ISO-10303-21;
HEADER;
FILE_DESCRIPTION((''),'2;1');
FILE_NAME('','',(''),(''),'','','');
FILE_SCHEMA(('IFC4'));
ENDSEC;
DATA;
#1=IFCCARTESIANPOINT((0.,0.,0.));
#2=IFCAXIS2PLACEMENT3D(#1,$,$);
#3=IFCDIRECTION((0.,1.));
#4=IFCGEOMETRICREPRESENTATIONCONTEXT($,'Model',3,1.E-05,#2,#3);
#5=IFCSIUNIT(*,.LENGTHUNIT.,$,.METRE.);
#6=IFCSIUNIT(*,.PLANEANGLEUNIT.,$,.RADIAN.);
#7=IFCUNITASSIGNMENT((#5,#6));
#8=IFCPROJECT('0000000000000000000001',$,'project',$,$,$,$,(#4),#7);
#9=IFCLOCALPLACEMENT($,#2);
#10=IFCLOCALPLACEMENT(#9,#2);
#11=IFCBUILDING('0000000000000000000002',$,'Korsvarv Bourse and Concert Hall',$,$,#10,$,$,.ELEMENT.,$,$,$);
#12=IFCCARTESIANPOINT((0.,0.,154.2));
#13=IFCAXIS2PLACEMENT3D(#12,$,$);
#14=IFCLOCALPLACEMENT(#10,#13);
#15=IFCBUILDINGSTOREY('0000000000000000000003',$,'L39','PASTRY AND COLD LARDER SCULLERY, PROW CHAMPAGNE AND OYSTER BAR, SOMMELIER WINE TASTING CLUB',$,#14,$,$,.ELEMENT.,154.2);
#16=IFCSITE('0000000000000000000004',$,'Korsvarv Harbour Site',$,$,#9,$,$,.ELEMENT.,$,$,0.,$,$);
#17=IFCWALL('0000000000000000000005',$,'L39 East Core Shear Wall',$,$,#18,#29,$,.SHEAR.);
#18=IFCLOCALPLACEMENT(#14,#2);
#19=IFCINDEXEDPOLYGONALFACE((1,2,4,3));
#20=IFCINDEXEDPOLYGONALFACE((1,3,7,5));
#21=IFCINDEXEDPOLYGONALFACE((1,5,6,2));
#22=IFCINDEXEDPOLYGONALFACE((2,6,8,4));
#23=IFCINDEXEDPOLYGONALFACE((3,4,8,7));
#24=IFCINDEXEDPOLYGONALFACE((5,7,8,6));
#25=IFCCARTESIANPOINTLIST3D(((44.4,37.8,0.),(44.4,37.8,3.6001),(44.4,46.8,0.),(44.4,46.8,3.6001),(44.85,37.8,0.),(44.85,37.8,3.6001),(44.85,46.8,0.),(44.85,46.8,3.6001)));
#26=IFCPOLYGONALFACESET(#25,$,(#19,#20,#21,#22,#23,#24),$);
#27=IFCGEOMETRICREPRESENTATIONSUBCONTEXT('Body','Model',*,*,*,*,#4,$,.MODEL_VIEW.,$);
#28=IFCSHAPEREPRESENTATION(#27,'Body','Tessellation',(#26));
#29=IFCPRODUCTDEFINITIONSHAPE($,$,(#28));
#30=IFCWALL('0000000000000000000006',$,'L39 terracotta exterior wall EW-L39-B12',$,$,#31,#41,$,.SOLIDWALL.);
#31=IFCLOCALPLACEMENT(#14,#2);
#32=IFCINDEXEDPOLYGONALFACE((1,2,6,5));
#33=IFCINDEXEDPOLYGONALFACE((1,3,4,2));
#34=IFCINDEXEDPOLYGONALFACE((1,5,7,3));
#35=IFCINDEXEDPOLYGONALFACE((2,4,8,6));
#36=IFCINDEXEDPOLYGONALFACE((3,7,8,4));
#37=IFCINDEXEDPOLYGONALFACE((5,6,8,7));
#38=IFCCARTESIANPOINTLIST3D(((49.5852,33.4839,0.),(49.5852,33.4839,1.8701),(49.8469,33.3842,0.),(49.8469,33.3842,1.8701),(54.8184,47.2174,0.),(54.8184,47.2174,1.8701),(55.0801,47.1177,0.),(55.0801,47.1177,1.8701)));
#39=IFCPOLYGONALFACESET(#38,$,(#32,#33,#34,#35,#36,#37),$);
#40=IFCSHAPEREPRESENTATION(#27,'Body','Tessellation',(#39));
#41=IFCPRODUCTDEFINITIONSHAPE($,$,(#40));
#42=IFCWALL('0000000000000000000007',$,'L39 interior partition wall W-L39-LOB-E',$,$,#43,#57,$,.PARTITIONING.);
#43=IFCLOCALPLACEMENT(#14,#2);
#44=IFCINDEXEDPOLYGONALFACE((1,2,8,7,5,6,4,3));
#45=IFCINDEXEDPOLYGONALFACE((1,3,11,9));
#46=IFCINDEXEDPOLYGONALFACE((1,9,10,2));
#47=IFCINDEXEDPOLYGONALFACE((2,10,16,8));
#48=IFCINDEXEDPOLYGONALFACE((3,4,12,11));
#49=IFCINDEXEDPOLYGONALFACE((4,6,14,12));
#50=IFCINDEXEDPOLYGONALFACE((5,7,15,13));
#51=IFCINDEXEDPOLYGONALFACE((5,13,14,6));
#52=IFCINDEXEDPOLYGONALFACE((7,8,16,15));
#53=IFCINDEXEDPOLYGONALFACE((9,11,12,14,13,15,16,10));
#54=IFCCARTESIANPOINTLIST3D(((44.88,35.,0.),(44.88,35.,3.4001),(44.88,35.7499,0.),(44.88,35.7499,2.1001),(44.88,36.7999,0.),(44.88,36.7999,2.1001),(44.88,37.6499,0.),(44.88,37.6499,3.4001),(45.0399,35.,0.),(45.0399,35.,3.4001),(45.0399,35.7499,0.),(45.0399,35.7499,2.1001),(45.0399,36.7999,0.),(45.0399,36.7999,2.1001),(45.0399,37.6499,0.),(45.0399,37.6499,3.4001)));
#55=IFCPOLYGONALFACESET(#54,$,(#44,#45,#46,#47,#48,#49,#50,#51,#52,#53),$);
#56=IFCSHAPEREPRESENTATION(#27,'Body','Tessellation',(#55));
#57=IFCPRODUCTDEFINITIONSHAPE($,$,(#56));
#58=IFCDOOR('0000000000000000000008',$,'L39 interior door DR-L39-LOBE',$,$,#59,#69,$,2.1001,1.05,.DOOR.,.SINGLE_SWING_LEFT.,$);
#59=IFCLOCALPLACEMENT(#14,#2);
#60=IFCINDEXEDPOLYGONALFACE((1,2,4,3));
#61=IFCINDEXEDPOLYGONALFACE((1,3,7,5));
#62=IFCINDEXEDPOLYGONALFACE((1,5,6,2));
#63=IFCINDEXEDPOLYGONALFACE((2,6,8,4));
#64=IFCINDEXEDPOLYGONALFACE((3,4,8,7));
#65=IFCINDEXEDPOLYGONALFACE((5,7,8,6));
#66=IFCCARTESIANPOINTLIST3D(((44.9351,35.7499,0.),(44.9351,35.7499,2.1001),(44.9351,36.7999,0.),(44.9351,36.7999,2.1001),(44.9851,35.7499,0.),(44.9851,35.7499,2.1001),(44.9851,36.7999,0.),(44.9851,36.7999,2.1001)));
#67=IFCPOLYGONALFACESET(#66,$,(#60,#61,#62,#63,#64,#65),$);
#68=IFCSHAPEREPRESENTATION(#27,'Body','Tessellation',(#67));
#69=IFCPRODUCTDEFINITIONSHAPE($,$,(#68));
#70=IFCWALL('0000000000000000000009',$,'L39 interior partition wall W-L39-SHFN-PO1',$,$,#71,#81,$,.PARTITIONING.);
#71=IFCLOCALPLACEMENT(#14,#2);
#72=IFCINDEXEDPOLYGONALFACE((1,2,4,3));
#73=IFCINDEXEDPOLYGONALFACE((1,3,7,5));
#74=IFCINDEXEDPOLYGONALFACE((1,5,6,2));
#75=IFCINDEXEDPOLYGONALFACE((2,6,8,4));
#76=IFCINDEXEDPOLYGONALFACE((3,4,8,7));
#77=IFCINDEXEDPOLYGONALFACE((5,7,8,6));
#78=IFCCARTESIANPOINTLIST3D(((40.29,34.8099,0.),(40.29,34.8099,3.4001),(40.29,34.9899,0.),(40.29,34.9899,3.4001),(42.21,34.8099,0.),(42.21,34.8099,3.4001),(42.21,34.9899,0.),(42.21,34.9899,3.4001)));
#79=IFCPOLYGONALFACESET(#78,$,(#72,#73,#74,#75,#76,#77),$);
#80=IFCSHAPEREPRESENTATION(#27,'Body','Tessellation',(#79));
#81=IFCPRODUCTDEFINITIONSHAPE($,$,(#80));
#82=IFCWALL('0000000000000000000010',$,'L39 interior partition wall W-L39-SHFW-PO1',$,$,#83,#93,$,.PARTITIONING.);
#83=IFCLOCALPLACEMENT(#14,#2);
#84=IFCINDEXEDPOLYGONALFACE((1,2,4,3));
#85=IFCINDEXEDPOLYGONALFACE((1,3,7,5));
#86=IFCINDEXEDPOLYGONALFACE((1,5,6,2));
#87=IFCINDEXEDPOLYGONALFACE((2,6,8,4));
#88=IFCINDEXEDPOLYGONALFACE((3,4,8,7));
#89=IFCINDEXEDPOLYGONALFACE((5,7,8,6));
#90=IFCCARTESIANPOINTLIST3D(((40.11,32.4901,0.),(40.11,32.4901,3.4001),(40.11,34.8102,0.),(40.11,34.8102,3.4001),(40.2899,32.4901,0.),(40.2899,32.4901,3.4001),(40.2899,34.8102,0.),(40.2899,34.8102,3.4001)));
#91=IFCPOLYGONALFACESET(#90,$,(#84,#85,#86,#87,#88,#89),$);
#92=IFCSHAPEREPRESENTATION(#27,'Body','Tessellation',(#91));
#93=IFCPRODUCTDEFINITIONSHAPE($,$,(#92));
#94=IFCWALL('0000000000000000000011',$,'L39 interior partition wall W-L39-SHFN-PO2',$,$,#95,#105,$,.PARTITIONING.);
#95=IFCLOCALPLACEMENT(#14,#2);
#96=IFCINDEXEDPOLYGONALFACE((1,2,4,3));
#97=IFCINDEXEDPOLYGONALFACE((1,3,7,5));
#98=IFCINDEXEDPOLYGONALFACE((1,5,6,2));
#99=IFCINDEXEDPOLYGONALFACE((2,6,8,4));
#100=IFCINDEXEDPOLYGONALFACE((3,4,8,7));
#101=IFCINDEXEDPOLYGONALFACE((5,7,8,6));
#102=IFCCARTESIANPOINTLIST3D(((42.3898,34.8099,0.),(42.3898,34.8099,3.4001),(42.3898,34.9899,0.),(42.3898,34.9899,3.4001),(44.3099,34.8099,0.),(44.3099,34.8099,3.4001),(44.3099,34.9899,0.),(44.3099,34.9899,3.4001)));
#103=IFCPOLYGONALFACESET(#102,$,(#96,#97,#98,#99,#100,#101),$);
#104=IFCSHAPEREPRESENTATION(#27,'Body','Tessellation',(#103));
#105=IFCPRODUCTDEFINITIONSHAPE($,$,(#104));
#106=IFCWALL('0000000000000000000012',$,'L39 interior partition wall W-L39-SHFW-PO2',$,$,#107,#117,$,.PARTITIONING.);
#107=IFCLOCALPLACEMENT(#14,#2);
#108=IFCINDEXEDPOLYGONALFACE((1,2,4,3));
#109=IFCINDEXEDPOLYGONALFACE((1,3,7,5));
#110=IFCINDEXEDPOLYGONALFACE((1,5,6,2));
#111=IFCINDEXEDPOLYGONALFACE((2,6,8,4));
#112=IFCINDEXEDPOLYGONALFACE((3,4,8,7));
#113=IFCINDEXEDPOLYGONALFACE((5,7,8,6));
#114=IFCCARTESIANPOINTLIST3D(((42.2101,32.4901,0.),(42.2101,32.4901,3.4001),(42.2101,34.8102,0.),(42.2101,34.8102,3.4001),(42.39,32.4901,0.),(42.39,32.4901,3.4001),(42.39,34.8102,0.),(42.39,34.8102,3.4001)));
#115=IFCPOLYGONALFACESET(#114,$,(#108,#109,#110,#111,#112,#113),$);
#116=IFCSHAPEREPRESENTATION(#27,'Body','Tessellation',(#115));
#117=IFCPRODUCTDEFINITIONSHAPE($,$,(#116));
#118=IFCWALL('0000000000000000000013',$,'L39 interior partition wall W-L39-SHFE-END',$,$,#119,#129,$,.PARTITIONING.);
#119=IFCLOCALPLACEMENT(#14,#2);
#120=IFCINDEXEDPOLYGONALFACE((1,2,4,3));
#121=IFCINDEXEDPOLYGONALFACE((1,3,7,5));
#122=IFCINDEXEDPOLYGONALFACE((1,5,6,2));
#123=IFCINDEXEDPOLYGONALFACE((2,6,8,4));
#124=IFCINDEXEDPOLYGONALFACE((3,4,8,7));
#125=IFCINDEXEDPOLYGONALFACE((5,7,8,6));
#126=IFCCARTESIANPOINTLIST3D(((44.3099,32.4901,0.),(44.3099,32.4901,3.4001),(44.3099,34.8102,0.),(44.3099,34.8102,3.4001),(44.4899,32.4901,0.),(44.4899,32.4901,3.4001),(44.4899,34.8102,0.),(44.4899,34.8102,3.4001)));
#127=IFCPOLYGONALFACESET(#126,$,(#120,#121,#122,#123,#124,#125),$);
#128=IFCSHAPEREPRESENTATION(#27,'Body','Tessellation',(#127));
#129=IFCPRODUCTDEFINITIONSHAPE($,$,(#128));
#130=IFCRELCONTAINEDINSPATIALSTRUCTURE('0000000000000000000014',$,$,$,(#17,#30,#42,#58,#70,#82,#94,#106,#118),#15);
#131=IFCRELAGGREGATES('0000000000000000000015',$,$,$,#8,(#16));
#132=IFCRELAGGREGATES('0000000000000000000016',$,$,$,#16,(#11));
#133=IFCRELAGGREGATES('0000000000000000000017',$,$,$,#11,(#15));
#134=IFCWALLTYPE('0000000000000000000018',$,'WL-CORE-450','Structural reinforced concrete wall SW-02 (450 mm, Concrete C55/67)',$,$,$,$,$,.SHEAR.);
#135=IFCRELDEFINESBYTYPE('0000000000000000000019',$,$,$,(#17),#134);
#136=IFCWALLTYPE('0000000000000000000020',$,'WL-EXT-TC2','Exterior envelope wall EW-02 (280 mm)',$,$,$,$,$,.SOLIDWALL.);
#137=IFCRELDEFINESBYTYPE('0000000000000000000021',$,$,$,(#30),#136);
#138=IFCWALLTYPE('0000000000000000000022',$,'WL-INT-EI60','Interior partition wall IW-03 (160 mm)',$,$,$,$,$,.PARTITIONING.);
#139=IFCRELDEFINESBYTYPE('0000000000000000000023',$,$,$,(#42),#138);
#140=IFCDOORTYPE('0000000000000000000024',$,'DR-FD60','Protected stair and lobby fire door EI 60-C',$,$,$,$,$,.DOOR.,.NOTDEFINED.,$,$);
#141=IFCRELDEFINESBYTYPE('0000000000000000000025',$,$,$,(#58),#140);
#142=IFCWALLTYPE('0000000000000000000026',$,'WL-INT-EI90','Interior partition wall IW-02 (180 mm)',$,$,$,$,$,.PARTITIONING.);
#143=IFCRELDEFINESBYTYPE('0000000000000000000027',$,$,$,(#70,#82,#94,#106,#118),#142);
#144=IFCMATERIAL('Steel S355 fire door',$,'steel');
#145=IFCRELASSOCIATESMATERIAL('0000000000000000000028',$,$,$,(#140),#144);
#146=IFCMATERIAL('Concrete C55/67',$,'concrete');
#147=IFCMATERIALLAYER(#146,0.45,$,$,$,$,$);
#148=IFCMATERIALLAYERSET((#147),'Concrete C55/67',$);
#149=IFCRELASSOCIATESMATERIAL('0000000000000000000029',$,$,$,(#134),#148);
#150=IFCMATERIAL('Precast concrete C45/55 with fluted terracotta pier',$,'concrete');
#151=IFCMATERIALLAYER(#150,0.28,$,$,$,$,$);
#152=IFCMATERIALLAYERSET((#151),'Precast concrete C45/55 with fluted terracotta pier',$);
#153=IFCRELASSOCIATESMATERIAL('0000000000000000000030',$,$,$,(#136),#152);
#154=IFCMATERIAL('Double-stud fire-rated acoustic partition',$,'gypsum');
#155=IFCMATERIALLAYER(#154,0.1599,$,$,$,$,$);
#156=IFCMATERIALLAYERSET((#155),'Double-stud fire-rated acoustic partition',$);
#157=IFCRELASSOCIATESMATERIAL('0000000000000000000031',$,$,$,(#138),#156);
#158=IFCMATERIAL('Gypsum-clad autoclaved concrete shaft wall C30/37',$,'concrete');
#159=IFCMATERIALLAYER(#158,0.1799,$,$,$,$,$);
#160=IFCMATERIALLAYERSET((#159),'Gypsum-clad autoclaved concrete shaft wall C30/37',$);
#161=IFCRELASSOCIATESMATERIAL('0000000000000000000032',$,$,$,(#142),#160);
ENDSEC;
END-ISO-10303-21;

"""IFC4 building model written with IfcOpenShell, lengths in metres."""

from ifc_helpers import new_model, si_unit, direction, frame, frame_2d, origin, place, context, subcontext, project, spatial, rectangle, extrude, material, layer, layer_set, type_object, element, fill, save


model = new_model("IFC4")

# Units and contexts
model_context = context("Model", 3, precision=1e-05, world=origin(), true_north=direction((0.0, 1.0)))
body_context = subcontext(model_context, "Body", "Model", "MODEL_VIEW")
ifc_project = project(units=[si_unit("LENGTHUNIT", "METRE"), si_unit("PLANEANGLEUNIT", "RADIAN")], contexts=[model_context])

# Site, building, storey
site_placement = place(None, origin())
site = spatial("IfcSite", under=ifc_project, at=site_placement, Name="Korsvarv Harbour Site", CompositionType="ELEMENT", RefElevation=0.0)
building_placement = place(site_placement, origin())
building = spatial("IfcBuilding", under=site, at=building_placement, Name="Korsvarv Bourse and Concert Hall", CompositionType="ELEMENT")
storey_placement = place(building_placement, frame((0.0, 0.0, 154.2)))
storey = spatial("IfcBuildingStorey", under=building, at=storey_placement, Name="L39", Description="PASTRY AND COLD LARDER SCULLERY, PROW CHAMPAGNE AND OYSTER BAR, SOMMELIER WINE TASTING CLUB", CompositionType="ELEMENT", Elevation=154.2)

# Shared definitions
ifc_material_1 = material(Name="Steel S355 fire door", Category="steel")
door_type = type_object("IfcDoorType", Name="DR-FD60", Description="Protected stair and lobby fire door EI 60-C", OperationType="NOTDEFINED", PredefinedType="DOOR", material=ifc_material_1)

# Walls
ifc_material_2 = material(Name="Concrete C55/67", Category="concrete")
ifc_layer_1 = layer(ifc_material_2, 0.45)
ifc_layer_set_1 = layer_set([ifc_layer_1], Name="Concrete C55/67")
wall_type_1 = type_object("IfcWallType", Name="WL-CORE-450", Description="Structural reinforced concrete wall SW-02 (450 mm, Concrete C55/67)", PredefinedType="SHEAR", material=ifc_layer_set_1)
wall_1_placement = place(storey_placement, frame((44.625, 37.8, 0.0), z_axis=(0.0, 0.0, 1.0), x_axis=(0.0, 1.0, 0.0)))
element("IfcWall", 1, at=wall_1_placement, inside=storey, type_object=wall_type_1, Name="L39 East Core Shear Wall", PredefinedType="SHEAR", context=body_context, shape_type="SweptSolid", body=[
    extrude(rectangle(XDim=9.0, YDim=0.45, at=frame_2d((4.5, 0.0))), origin(), (0.0, 0.0, 1.0), 3.6001),
])
ifc_material_3 = material(Name="Precast concrete C45/55 with fluted terracotta pier", Category="concrete")
ifc_layer_2 = layer(ifc_material_3, 0.28)
ifc_layer_set_2 = layer_set([ifc_layer_2], Name="Precast concrete C45/55 with fluted terracotta pier")
wall_type_2 = type_object("IfcWallType", Name="WL-EXT-TC2", Description="Exterior envelope wall EW-02 (280 mm)", PredefinedType="SOLIDWALL", material=ifc_layer_set_2)
wall_2_placement = place(storey_placement, frame((49.7161, 33.4341, 0.0), z_axis=(0.0, 0.0, 1.0), x_axis=(0.356078, 0.934456, 0.0)))
element("IfcWall", 2, at=wall_2_placement, inside=storey, type_object=wall_type_2, Name="L39 terracotta exterior wall EW-L39-B12", PredefinedType="SOLIDWALL", context=body_context, shape_type="SweptSolid", body=[
    extrude(rectangle(XDim=14.6968, YDim=0.28, at=frame_2d((7.3484, 0.0))), origin(), (0.0, 0.0, 1.0), 1.8701),
])

# Wall, opening, door
ifc_material_4 = material(Name="Double-stud fire-rated acoustic partition", Category="gypsum")
ifc_layer_3 = layer(ifc_material_4, 0.1599)
ifc_layer_set_3 = layer_set([ifc_layer_3], Name="Double-stud fire-rated acoustic partition")
wall_type_3 = type_object("IfcWallType", Name="WL-INT-EI60", Description="Interior partition wall IW-03 (160 mm)", PredefinedType="PARTITIONING", material=ifc_layer_set_3)
wall_3_placement = place(storey_placement, frame((44.96, 35.0, 0.0), z_axis=(0.0, 0.0, 1.0), x_axis=(0.0, 1.0, 0.0)))
wall_3 = element("IfcWall", 3, at=wall_3_placement, inside=storey, type_object=wall_type_3, Name="L39 interior partition wall W-L39-LOB-E", PredefinedType="PARTITIONING", context=body_context, shape_type="SweptSolid", body=[
    extrude(rectangle(XDim=2.6499, YDim=0.1599, at=frame_2d((1.325, 0.0))), origin(), (0.0, 0.0, 1.0), 3.4001),
])
opening_1_placement = place(wall_3_placement, frame((0.75, 0.0, 0.0)))
opening_1 = element("IfcOpeningElement", 4, at=opening_1_placement, cuts=wall_3, PredefinedType="OPENING", context=body_context, shape_type="SweptSolid", body=[
    extrude(rectangle(XDim=1.05, YDim=2.1001, at=frame_2d((0.5249, 1.05))), frame((0.0, 0.0898, 0.0), z_axis=(0.0, -1.0, 0.0), x_axis=(1.0, 0.0, 0.0)), (0.0, 0.0, 1.0), 0.1799),
])
door_1_placement = place(opening_1_placement, origin())
door_1 = element("IfcDoor", 5, at=door_1_placement, inside=storey, type_object=door_type, Name="L39 interior door DR-L39-LOBE", OperationType="SINGLE_SWING_LEFT", OverallHeight=2.1001, OverallWidth=1.05, PredefinedType="DOOR", context=body_context, shape_type="SweptSolid", body=[
    extrude(rectangle(XDim=1.05, YDim=2.1001, at=frame_2d((0.5249, 1.05))), frame((0.0, 0.0249, 0.0), z_axis=(0.0, -1.0, 0.0), x_axis=(1.0, 0.0, 0.0)), (0.0, 0.0, 1.0), 0.05),
])
fill(opening_1, door_1)

# Walls
ifc_material_5 = material(Name="Gypsum-clad autoclaved concrete shaft wall C30/37", Category="concrete")
ifc_layer_4 = layer(ifc_material_5, 0.1799)
ifc_layer_set_4 = layer_set([ifc_layer_4], Name="Gypsum-clad autoclaved concrete shaft wall C30/37")
wall_type_4 = type_object("IfcWallType", Name="WL-INT-EI90", Description="Interior partition wall IW-02 (180 mm)", PredefinedType="PARTITIONING", material=ifc_layer_set_4)
wall_4_placement = place(storey_placement, frame((40.29, 34.8999, 0.0), z_axis=(0.0, 0.0, 1.0), x_axis=(1.0, 0.0, 0.0)))
element("IfcWall", 6, at=wall_4_placement, inside=storey, type_object=wall_type_4, Name="L39 interior partition wall W-L39-SHFN-PO1", PredefinedType="PARTITIONING", context=body_context, shape_type="SweptSolid", body=[
    extrude(rectangle(XDim=1.9199, YDim=0.1799, at=frame_2d((0.96, 0.0))), origin(), (0.0, 0.0, 1.0), 3.4001),
])
wall_5_placement = place(storey_placement, frame((40.2, 32.49, 0.0), z_axis=(0.0, 0.0, 1.0), x_axis=(0.0, 1.0, 0.0)))
element("IfcWall", 7, at=wall_5_placement, inside=storey, type_object=wall_type_4, Name="L39 interior partition wall W-L39-SHFW-PO1", PredefinedType="PARTITIONING", context=body_context, shape_type="SweptSolid", body=[
    extrude(rectangle(XDim=2.3201, YDim=0.1799, at=frame_2d((1.1602, 0.0))), origin(), (0.0, 0.0, 1.0), 3.4001),
])
wall_6_placement = place(storey_placement, frame((42.3899, 34.8999, 0.0), z_axis=(0.0, 0.0, 1.0), x_axis=(1.0, 0.0, 0.0)))
element("IfcWall", 8, at=wall_6_placement, inside=storey, type_object=wall_type_4, Name="L39 interior partition wall W-L39-SHFN-PO2", PredefinedType="PARTITIONING", context=body_context, shape_type="SweptSolid", body=[
    extrude(rectangle(XDim=1.9202, YDim=0.1799, at=frame_2d((0.96, 0.0))), origin(), (0.0, 0.0, 1.0), 3.4001),
])
for number, where, z_axis, x_axis, name in (
    (9, (42.3, 32.49, 0.0), (0.0, 0.0, 1.0), (0.0, 1.0, 0.0), "L39 interior partition wall W-L39-SHFW-PO2"),
    (10, (44.3999, 32.49, 0.0), (0.0, 0.0, 1.0), (0.0, 1.0, 0.0), "L39 interior partition wall W-L39-SHFE-END"),
):
    element("IfcWall", number, at=place(storey_placement, frame(where, z_axis=z_axis, x_axis=x_axis)), inside=storey, type_object=wall_type_4, Name=name, PredefinedType="PARTITIONING", context=body_context, shape_type="SweptSolid", body=[
        extrude(rectangle(XDim=2.3201, YDim=0.1799, at=frame_2d((1.1602, 0.0))), origin(), (0.0, 0.0, 1.0), 3.4001),
    ])

save(model, "model.ifc")
